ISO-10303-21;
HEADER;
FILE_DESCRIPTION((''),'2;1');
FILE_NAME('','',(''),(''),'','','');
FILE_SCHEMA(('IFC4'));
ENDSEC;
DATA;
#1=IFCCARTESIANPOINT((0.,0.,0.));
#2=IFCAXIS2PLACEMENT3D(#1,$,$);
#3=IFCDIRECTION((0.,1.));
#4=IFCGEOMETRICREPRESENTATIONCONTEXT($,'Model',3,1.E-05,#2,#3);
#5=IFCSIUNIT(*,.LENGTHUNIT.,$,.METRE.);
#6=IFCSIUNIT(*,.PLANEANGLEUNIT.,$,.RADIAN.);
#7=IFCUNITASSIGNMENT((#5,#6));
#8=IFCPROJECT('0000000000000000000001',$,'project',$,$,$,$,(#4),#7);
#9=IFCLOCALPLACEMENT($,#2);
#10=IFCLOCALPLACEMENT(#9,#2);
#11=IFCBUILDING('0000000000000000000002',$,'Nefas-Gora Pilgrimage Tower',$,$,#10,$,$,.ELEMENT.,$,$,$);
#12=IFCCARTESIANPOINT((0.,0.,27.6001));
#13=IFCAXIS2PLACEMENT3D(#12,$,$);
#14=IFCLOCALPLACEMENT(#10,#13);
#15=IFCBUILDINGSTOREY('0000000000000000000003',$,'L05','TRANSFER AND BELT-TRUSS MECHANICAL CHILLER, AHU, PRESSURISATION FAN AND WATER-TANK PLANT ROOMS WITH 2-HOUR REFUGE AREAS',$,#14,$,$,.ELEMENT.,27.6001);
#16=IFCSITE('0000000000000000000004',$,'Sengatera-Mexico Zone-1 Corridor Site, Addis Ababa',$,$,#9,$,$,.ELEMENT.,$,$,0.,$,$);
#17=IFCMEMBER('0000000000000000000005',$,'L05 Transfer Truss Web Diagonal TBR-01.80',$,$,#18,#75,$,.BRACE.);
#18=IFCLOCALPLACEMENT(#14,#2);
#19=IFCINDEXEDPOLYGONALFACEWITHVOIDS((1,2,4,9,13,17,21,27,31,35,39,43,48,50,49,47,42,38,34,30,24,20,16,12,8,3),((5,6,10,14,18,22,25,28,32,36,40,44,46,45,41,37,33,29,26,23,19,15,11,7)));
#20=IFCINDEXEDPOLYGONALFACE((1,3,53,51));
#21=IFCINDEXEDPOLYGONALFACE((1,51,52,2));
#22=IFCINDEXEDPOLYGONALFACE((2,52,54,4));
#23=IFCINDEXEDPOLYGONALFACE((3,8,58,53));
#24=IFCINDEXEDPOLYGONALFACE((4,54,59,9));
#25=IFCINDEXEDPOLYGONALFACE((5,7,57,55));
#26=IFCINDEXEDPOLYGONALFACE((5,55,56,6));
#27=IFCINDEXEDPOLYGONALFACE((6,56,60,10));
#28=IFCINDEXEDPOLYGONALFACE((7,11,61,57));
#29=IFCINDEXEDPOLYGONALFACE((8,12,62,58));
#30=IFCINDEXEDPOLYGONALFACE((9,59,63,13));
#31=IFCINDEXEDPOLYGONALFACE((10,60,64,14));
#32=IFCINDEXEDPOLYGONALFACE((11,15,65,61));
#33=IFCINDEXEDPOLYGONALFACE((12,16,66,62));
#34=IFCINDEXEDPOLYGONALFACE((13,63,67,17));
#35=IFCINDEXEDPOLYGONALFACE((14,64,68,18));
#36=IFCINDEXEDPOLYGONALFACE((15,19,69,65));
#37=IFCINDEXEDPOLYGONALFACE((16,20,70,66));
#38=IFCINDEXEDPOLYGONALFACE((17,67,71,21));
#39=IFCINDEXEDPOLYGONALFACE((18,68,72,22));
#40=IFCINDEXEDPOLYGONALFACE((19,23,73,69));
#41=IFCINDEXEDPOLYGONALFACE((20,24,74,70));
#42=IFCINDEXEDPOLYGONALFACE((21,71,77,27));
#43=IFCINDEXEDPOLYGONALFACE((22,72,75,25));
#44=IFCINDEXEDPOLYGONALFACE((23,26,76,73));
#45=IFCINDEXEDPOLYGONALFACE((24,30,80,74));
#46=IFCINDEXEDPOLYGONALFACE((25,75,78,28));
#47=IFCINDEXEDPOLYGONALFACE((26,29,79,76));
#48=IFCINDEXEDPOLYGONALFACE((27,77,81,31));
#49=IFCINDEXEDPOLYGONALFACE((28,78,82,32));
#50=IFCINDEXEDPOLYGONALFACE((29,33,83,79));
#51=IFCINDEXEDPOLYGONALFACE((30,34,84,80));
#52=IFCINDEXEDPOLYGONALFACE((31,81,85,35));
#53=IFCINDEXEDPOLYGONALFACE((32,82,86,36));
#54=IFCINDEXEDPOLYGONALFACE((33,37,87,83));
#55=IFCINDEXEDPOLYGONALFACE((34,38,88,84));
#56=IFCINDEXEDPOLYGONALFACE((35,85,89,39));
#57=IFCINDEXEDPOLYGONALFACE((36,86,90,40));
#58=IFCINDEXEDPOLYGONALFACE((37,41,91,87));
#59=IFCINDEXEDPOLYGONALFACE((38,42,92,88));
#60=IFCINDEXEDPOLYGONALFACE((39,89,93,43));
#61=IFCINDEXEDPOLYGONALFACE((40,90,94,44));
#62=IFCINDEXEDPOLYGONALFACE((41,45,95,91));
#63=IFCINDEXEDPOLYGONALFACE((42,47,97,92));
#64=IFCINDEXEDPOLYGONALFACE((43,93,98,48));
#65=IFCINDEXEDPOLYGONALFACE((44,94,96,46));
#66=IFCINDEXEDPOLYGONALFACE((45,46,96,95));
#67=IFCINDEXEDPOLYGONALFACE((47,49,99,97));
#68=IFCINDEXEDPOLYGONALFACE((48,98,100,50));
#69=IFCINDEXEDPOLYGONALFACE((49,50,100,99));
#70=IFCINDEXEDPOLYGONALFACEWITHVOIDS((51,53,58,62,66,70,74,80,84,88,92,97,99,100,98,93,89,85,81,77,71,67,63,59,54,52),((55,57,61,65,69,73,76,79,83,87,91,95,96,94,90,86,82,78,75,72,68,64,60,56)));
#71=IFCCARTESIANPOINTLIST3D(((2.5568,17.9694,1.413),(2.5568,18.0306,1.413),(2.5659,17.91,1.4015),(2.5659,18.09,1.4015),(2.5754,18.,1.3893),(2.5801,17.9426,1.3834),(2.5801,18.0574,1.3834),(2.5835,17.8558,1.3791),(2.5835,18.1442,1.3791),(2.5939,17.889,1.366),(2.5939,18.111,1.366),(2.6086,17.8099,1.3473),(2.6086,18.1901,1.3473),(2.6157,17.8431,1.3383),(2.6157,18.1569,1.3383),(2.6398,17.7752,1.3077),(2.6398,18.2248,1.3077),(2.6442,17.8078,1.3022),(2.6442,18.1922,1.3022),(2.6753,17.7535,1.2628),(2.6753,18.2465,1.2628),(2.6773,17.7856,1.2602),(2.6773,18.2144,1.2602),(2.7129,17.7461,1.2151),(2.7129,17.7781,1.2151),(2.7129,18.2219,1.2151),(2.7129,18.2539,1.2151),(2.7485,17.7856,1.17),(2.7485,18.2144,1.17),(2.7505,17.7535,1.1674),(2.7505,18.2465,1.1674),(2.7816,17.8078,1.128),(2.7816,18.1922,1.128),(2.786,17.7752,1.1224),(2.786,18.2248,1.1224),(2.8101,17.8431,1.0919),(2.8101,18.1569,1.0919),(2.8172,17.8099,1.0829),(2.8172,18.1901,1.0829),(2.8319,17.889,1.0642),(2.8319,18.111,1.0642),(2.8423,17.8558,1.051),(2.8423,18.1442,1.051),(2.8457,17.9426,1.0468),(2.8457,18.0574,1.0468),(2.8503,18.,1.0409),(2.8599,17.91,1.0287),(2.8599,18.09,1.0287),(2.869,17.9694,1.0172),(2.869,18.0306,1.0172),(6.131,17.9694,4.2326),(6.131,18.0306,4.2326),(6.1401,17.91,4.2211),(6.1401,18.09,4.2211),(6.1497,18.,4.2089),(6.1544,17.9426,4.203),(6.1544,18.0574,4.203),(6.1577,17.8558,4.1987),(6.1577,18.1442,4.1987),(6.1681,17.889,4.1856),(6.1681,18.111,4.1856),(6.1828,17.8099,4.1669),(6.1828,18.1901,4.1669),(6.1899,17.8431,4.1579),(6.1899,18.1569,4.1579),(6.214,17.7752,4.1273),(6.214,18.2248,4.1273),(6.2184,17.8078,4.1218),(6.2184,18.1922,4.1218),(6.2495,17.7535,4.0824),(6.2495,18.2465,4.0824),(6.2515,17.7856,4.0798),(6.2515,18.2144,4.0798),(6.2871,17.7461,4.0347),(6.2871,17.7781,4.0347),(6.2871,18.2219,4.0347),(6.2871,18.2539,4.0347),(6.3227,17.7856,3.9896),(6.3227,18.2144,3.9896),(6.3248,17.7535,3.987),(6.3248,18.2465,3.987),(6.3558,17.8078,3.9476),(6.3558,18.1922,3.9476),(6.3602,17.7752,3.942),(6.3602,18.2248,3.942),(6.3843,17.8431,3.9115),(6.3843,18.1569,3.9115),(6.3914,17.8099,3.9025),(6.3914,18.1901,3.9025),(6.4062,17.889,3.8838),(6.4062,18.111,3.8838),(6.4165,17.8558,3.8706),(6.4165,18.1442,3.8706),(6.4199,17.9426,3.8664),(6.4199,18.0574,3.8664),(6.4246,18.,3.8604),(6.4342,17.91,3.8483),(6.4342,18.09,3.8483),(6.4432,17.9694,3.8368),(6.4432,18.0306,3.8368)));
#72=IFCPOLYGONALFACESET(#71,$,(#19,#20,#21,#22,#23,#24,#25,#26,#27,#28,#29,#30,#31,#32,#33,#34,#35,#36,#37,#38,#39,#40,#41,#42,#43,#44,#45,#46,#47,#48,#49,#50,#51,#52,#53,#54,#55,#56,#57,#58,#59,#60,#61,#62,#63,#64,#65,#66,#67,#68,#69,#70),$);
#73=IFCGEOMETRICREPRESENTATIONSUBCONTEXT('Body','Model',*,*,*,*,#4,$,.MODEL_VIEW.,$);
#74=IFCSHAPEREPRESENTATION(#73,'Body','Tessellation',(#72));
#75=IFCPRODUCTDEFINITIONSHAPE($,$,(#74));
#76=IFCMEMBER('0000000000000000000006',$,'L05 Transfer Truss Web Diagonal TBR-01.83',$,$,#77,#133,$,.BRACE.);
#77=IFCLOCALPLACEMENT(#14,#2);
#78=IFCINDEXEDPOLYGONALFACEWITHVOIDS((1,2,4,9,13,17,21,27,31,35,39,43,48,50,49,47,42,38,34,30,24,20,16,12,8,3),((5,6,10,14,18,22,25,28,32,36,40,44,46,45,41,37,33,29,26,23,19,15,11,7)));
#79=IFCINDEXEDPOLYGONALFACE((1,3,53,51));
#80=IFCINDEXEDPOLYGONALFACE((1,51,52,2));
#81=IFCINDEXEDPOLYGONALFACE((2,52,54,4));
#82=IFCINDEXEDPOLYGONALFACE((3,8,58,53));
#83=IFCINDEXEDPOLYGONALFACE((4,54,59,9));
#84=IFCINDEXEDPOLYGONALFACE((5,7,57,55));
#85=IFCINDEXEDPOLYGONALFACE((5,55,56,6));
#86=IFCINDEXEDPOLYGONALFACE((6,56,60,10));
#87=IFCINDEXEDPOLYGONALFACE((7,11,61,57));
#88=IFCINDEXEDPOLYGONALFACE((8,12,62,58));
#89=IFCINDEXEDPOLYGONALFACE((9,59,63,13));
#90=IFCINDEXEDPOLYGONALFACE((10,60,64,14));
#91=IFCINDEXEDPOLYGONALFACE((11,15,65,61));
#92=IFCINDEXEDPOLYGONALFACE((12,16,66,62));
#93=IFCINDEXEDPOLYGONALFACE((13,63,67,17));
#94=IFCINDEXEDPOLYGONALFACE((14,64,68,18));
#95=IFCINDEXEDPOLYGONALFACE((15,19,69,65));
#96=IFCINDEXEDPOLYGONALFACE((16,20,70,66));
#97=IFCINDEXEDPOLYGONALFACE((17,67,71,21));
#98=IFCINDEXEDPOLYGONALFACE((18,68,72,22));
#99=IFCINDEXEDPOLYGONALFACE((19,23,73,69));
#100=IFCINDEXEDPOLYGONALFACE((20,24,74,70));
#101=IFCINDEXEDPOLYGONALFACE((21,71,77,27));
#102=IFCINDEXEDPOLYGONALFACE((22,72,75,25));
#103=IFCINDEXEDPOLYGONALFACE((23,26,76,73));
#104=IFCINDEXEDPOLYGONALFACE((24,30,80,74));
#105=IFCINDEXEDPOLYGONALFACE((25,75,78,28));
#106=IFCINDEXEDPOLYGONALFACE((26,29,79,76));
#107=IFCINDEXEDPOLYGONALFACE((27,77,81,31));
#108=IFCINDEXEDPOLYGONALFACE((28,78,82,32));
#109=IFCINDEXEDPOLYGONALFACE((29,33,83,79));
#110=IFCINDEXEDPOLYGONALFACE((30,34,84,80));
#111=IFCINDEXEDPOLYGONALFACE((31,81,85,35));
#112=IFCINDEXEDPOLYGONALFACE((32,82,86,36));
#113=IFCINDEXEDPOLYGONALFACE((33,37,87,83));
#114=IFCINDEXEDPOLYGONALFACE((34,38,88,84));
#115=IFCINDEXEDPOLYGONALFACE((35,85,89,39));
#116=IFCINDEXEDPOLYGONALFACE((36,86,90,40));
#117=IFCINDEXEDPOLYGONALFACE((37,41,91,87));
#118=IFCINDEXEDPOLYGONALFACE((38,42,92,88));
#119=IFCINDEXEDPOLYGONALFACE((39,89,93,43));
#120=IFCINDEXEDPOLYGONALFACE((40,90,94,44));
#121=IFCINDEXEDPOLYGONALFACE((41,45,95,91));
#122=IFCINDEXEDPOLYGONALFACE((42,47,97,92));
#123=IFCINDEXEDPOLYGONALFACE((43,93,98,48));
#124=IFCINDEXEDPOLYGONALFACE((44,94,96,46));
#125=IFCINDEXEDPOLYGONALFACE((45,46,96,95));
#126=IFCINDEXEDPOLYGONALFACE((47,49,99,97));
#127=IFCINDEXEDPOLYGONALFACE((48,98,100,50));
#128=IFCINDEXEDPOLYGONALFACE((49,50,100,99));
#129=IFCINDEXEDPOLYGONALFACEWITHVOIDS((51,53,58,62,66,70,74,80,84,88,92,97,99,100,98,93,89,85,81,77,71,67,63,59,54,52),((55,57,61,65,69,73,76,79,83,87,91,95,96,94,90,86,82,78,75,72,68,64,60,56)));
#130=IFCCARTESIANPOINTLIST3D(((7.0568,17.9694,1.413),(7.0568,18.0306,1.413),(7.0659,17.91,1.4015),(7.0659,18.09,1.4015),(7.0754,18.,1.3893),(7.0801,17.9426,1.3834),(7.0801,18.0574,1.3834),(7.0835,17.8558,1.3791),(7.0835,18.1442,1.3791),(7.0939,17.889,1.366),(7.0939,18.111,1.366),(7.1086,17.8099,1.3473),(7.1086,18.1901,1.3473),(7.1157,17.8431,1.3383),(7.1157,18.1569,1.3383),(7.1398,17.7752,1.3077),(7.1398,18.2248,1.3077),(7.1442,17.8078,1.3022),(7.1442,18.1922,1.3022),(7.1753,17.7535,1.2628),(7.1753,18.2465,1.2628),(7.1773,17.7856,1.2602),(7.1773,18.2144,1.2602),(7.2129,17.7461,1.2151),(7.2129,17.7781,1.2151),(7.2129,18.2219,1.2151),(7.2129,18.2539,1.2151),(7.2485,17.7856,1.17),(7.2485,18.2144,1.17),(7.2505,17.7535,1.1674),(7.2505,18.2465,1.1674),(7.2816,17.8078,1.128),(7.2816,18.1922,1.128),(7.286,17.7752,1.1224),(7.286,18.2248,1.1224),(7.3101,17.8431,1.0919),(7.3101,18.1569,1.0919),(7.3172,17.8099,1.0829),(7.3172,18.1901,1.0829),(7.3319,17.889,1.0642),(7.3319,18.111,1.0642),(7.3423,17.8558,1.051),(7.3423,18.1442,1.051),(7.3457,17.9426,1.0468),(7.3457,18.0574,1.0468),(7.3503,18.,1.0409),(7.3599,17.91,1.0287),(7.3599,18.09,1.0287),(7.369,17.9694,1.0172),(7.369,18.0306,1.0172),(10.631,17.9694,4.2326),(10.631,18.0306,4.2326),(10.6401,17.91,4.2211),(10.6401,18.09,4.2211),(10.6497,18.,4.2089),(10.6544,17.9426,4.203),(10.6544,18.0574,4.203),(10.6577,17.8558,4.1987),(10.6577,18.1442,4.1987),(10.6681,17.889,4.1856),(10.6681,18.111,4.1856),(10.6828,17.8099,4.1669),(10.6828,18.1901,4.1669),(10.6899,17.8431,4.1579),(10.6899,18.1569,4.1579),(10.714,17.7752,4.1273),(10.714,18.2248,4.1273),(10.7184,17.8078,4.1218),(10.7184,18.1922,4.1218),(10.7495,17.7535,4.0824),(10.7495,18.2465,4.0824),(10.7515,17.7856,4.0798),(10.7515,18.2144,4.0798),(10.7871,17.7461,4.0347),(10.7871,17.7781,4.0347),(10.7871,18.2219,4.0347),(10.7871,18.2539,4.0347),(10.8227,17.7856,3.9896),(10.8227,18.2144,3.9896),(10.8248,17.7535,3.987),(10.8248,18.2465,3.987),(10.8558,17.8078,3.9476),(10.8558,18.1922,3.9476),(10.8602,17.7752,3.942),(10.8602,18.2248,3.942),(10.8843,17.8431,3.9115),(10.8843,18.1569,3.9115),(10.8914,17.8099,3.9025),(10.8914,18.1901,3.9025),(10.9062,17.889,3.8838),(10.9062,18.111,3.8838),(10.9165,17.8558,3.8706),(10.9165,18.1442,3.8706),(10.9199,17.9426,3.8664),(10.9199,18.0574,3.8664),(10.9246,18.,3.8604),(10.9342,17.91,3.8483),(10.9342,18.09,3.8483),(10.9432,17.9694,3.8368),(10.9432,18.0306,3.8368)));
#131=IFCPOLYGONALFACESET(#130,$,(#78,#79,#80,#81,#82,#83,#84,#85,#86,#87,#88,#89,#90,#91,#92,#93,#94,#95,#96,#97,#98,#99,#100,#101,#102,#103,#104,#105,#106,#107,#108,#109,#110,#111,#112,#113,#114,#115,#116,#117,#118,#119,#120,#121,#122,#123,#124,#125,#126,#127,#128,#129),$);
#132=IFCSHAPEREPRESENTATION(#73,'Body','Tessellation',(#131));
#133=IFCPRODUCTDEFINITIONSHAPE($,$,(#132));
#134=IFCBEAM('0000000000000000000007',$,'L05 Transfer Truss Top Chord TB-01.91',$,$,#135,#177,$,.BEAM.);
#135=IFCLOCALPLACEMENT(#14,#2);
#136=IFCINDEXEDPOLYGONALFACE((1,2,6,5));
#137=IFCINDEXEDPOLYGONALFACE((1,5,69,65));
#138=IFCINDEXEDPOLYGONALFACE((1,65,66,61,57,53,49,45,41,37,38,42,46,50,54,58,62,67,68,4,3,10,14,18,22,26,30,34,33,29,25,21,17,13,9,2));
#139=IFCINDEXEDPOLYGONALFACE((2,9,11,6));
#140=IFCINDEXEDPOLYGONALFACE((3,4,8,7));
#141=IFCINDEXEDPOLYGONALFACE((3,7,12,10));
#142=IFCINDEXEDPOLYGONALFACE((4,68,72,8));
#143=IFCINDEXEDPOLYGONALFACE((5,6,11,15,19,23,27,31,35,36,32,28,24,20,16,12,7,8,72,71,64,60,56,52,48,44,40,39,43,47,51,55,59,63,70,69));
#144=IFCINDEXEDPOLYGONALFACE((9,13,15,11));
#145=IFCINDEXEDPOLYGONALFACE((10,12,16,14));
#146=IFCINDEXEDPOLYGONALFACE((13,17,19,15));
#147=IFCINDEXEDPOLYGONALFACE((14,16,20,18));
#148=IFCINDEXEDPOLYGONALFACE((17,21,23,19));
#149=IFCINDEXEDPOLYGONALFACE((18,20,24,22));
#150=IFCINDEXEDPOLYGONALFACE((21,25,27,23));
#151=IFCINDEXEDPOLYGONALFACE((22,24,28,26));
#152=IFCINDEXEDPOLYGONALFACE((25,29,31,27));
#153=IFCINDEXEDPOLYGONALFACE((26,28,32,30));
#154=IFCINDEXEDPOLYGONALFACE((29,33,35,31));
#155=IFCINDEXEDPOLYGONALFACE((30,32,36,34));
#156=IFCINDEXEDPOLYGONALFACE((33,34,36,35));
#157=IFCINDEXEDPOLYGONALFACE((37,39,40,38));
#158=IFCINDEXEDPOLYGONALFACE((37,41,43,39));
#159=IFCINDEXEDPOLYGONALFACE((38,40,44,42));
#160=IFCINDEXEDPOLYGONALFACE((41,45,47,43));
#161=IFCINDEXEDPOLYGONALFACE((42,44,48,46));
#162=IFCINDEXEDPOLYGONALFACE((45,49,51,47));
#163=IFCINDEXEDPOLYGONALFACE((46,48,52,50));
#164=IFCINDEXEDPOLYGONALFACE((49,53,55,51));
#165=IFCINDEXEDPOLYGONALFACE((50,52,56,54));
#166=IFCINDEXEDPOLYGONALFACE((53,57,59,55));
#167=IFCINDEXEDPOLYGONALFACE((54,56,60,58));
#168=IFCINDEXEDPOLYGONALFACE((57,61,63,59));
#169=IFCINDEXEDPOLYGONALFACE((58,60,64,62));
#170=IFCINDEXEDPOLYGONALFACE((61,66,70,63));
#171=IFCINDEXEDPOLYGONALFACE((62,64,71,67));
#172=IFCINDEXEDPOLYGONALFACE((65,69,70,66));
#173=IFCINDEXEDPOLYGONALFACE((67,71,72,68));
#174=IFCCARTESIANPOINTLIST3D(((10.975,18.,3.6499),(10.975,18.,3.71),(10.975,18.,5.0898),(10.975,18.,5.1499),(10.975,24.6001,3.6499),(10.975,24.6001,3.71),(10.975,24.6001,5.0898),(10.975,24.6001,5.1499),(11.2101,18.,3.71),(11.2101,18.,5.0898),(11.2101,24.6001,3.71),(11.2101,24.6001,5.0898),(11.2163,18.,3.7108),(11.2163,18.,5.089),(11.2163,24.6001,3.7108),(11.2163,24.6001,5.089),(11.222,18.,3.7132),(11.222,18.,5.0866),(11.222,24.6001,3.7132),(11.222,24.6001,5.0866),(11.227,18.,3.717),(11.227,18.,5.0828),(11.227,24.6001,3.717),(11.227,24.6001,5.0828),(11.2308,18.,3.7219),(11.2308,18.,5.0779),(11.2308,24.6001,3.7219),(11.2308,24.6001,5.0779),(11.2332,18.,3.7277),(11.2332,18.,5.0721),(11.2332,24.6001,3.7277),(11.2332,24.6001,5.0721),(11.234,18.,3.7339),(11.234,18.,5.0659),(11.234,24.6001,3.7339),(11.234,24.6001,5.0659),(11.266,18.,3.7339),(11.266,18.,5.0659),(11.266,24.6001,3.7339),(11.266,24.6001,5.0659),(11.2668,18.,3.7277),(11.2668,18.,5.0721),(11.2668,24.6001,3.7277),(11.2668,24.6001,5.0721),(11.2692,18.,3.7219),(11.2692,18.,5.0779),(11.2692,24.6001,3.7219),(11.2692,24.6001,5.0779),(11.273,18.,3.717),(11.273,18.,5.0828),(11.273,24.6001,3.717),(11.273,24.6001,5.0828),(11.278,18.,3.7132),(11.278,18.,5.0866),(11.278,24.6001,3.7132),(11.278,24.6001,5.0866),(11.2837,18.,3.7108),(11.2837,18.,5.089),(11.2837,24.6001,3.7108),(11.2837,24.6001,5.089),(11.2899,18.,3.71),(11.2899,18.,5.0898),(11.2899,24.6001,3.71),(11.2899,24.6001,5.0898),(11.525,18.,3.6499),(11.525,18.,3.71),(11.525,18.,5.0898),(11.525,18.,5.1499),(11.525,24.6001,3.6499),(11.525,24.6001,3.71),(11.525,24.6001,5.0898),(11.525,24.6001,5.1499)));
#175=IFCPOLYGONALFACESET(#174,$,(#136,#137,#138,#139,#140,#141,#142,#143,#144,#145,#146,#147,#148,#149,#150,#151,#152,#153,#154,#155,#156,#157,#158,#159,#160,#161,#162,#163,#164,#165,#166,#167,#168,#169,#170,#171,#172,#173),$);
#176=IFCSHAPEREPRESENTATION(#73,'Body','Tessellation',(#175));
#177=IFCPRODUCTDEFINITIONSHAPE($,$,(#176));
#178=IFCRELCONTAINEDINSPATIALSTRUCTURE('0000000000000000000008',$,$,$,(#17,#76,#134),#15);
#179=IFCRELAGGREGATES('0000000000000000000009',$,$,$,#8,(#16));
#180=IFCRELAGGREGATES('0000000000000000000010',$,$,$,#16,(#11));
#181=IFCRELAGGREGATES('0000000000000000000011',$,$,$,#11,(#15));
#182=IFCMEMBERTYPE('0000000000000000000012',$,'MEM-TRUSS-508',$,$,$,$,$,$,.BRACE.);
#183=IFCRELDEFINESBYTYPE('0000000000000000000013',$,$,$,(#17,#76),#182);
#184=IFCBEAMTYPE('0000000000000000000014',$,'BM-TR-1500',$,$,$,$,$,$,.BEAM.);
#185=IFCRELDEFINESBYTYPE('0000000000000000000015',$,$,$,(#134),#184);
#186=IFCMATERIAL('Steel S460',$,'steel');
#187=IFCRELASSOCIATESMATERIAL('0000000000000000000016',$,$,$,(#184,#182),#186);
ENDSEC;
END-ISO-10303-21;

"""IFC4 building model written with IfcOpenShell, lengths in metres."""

from ifc_helpers import new_model, si_unit, direction, frame, origin, origin_2d, place, context, subcontext, project, spatial, hollow_circle, i_section, extrude, source, transform, mapped, material, material_profile, profile_set, type_object, element, save


model = new_model("IFC4")

# Units and contexts
model_context = context("Model", 3, precision=1e-05, world=origin(), true_north=direction((0.0, 1.0)))
body_context = subcontext(model_context, "Body", "Model", "MODEL_VIEW")
ifc_project = project(units=[si_unit("LENGTHUNIT", "METRE"), si_unit("PLANEANGLEUNIT", "RADIAN")], contexts=[model_context])

# Site, building, storey
site_placement = place(None, origin())
site = spatial("IfcSite", under=ifc_project, at=site_placement, Name="Sengatera-Mexico Zone-1 Corridor Site, Addis Ababa", CompositionType="ELEMENT", RefElevation=0.0)
building_placement = place(site_placement, origin())
building = spatial("IfcBuilding", under=site, at=building_placement, Name="Nefas-Gora Pilgrimage Tower", CompositionType="ELEMENT")
storey_placement = place(building_placement, frame((0.0, 0.0, 27.6001)))
storey = spatial("IfcBuildingStorey", under=building, at=storey_placement, Name="L05", Description="TRANSFER AND BELT-TRUSS MECHANICAL CHILLER, AHU, PRESSURISATION FAN AND WATER-TANK PLANT ROOMS WITH 2-HOUR REFUGE AREAS", CompositionType="ELEMENT", Elevation=27.6001)

# Shared definitions
ifc_material = material(Name="Steel S460", Category="steel")

# Shared definitions
ifc_material_profile_1 = material_profile(ifc_material, i_section(OverallWidth=0.55, OverallDepth=1.5, WebThickness=0.032, FlangeThickness=0.0601, FilletRadius=0.0239, at=origin_2d()), Name="WPG 1500x550x32x60")
ifc_profile_set_1 = profile_set([ifc_material_profile_1], Name="Steel S460")
beam_type_1 = type_object("IfcBeamType", Name="BM-TR-1500", PredefinedType="BEAM", material=ifc_profile_set_1)

# Members
ifc_material_profile_2 = material_profile(ifc_material, hollow_circle(Radius=0.2539, WallThickness=0.032, at=origin_2d()), Name="CHS 508x32")
ifc_profile_set_2 = profile_set([ifc_material_profile_2], Name="Steel S460")
member_type = type_object("IfcMemberType", Name="MEM-TRUSS-508", PredefinedType="BRACE", material=ifc_profile_set_2)
shared_shape_1 = source(origin(), body_context, "Body", "SweptSolid", [
    extrude(hollow_circle(Radius=0.2539, WallThickness=0.032, at=origin_2d()), origin(), (0.0, 0.0, 1.0), 4.5525),
])
for number, where, z_axis, x_axis, name in (
    (1, (2.7129, 18.0, 1.2151), (0.785115, 0.0, 0.61935), (0.0, 1.0, 0.0), "L05 Transfer Truss Web Diagonal TBR-01.80"),
    (2, (7.2129, 18.0, 1.2151), (0.785115, 0.0, 0.61935), (0.0, 1.0, 0.0), "L05 Transfer Truss Web Diagonal TBR-01.83"),
):
    element("IfcMember", number, at=place(storey_placement, frame(where, z_axis=z_axis, x_axis=x_axis)), inside=storey, type_object=member_type, Name=name, PredefinedType="BRACE", context=body_context, shape_type="MappedRepresentation", body=[
        mapped(shared_shape_1, transform((0.0, 0.0, 0.0), x_axis=(1.0, 0.0, 0.0), y_axis=(0.0, 1.0, 0.0), z_axis=(0.0, 0.0, 1.0), scale=1.0)),
    ])

# Beam
shared_shape_2 = source(origin(), body_context, "Body", "SweptSolid", [
    extrude(i_section(OverallWidth=0.55, OverallDepth=1.5, WebThickness=0.032, FlangeThickness=0.0601, FilletRadius=0.0239, at=origin_2d()), origin(), (0.0, 0.0, 1.0), 6.6001),
])
beam_1_placement = place(storey_placement, frame((11.25, 18.0, 4.3999), z_axis=(0.0, 1.0, 0.0), x_axis=(-1.0, 0.0, 0.0)))
element("IfcBeam", 3, at=beam_1_placement, inside=storey, type_object=beam_type_1, Name="L05 Transfer Truss Top Chord TB-01.91", PredefinedType="BEAM", context=body_context, shape_type="MappedRepresentation", body=[
    mapped(shared_shape_2, transform((0.0, 0.0, 0.0), x_axis=(1.0, 0.0, 0.0), y_axis=(0.0, 1.0, 0.0), z_axis=(0.0, 0.0, 1.0), scale=1.0)),
])

save(model, "model.ifc")
